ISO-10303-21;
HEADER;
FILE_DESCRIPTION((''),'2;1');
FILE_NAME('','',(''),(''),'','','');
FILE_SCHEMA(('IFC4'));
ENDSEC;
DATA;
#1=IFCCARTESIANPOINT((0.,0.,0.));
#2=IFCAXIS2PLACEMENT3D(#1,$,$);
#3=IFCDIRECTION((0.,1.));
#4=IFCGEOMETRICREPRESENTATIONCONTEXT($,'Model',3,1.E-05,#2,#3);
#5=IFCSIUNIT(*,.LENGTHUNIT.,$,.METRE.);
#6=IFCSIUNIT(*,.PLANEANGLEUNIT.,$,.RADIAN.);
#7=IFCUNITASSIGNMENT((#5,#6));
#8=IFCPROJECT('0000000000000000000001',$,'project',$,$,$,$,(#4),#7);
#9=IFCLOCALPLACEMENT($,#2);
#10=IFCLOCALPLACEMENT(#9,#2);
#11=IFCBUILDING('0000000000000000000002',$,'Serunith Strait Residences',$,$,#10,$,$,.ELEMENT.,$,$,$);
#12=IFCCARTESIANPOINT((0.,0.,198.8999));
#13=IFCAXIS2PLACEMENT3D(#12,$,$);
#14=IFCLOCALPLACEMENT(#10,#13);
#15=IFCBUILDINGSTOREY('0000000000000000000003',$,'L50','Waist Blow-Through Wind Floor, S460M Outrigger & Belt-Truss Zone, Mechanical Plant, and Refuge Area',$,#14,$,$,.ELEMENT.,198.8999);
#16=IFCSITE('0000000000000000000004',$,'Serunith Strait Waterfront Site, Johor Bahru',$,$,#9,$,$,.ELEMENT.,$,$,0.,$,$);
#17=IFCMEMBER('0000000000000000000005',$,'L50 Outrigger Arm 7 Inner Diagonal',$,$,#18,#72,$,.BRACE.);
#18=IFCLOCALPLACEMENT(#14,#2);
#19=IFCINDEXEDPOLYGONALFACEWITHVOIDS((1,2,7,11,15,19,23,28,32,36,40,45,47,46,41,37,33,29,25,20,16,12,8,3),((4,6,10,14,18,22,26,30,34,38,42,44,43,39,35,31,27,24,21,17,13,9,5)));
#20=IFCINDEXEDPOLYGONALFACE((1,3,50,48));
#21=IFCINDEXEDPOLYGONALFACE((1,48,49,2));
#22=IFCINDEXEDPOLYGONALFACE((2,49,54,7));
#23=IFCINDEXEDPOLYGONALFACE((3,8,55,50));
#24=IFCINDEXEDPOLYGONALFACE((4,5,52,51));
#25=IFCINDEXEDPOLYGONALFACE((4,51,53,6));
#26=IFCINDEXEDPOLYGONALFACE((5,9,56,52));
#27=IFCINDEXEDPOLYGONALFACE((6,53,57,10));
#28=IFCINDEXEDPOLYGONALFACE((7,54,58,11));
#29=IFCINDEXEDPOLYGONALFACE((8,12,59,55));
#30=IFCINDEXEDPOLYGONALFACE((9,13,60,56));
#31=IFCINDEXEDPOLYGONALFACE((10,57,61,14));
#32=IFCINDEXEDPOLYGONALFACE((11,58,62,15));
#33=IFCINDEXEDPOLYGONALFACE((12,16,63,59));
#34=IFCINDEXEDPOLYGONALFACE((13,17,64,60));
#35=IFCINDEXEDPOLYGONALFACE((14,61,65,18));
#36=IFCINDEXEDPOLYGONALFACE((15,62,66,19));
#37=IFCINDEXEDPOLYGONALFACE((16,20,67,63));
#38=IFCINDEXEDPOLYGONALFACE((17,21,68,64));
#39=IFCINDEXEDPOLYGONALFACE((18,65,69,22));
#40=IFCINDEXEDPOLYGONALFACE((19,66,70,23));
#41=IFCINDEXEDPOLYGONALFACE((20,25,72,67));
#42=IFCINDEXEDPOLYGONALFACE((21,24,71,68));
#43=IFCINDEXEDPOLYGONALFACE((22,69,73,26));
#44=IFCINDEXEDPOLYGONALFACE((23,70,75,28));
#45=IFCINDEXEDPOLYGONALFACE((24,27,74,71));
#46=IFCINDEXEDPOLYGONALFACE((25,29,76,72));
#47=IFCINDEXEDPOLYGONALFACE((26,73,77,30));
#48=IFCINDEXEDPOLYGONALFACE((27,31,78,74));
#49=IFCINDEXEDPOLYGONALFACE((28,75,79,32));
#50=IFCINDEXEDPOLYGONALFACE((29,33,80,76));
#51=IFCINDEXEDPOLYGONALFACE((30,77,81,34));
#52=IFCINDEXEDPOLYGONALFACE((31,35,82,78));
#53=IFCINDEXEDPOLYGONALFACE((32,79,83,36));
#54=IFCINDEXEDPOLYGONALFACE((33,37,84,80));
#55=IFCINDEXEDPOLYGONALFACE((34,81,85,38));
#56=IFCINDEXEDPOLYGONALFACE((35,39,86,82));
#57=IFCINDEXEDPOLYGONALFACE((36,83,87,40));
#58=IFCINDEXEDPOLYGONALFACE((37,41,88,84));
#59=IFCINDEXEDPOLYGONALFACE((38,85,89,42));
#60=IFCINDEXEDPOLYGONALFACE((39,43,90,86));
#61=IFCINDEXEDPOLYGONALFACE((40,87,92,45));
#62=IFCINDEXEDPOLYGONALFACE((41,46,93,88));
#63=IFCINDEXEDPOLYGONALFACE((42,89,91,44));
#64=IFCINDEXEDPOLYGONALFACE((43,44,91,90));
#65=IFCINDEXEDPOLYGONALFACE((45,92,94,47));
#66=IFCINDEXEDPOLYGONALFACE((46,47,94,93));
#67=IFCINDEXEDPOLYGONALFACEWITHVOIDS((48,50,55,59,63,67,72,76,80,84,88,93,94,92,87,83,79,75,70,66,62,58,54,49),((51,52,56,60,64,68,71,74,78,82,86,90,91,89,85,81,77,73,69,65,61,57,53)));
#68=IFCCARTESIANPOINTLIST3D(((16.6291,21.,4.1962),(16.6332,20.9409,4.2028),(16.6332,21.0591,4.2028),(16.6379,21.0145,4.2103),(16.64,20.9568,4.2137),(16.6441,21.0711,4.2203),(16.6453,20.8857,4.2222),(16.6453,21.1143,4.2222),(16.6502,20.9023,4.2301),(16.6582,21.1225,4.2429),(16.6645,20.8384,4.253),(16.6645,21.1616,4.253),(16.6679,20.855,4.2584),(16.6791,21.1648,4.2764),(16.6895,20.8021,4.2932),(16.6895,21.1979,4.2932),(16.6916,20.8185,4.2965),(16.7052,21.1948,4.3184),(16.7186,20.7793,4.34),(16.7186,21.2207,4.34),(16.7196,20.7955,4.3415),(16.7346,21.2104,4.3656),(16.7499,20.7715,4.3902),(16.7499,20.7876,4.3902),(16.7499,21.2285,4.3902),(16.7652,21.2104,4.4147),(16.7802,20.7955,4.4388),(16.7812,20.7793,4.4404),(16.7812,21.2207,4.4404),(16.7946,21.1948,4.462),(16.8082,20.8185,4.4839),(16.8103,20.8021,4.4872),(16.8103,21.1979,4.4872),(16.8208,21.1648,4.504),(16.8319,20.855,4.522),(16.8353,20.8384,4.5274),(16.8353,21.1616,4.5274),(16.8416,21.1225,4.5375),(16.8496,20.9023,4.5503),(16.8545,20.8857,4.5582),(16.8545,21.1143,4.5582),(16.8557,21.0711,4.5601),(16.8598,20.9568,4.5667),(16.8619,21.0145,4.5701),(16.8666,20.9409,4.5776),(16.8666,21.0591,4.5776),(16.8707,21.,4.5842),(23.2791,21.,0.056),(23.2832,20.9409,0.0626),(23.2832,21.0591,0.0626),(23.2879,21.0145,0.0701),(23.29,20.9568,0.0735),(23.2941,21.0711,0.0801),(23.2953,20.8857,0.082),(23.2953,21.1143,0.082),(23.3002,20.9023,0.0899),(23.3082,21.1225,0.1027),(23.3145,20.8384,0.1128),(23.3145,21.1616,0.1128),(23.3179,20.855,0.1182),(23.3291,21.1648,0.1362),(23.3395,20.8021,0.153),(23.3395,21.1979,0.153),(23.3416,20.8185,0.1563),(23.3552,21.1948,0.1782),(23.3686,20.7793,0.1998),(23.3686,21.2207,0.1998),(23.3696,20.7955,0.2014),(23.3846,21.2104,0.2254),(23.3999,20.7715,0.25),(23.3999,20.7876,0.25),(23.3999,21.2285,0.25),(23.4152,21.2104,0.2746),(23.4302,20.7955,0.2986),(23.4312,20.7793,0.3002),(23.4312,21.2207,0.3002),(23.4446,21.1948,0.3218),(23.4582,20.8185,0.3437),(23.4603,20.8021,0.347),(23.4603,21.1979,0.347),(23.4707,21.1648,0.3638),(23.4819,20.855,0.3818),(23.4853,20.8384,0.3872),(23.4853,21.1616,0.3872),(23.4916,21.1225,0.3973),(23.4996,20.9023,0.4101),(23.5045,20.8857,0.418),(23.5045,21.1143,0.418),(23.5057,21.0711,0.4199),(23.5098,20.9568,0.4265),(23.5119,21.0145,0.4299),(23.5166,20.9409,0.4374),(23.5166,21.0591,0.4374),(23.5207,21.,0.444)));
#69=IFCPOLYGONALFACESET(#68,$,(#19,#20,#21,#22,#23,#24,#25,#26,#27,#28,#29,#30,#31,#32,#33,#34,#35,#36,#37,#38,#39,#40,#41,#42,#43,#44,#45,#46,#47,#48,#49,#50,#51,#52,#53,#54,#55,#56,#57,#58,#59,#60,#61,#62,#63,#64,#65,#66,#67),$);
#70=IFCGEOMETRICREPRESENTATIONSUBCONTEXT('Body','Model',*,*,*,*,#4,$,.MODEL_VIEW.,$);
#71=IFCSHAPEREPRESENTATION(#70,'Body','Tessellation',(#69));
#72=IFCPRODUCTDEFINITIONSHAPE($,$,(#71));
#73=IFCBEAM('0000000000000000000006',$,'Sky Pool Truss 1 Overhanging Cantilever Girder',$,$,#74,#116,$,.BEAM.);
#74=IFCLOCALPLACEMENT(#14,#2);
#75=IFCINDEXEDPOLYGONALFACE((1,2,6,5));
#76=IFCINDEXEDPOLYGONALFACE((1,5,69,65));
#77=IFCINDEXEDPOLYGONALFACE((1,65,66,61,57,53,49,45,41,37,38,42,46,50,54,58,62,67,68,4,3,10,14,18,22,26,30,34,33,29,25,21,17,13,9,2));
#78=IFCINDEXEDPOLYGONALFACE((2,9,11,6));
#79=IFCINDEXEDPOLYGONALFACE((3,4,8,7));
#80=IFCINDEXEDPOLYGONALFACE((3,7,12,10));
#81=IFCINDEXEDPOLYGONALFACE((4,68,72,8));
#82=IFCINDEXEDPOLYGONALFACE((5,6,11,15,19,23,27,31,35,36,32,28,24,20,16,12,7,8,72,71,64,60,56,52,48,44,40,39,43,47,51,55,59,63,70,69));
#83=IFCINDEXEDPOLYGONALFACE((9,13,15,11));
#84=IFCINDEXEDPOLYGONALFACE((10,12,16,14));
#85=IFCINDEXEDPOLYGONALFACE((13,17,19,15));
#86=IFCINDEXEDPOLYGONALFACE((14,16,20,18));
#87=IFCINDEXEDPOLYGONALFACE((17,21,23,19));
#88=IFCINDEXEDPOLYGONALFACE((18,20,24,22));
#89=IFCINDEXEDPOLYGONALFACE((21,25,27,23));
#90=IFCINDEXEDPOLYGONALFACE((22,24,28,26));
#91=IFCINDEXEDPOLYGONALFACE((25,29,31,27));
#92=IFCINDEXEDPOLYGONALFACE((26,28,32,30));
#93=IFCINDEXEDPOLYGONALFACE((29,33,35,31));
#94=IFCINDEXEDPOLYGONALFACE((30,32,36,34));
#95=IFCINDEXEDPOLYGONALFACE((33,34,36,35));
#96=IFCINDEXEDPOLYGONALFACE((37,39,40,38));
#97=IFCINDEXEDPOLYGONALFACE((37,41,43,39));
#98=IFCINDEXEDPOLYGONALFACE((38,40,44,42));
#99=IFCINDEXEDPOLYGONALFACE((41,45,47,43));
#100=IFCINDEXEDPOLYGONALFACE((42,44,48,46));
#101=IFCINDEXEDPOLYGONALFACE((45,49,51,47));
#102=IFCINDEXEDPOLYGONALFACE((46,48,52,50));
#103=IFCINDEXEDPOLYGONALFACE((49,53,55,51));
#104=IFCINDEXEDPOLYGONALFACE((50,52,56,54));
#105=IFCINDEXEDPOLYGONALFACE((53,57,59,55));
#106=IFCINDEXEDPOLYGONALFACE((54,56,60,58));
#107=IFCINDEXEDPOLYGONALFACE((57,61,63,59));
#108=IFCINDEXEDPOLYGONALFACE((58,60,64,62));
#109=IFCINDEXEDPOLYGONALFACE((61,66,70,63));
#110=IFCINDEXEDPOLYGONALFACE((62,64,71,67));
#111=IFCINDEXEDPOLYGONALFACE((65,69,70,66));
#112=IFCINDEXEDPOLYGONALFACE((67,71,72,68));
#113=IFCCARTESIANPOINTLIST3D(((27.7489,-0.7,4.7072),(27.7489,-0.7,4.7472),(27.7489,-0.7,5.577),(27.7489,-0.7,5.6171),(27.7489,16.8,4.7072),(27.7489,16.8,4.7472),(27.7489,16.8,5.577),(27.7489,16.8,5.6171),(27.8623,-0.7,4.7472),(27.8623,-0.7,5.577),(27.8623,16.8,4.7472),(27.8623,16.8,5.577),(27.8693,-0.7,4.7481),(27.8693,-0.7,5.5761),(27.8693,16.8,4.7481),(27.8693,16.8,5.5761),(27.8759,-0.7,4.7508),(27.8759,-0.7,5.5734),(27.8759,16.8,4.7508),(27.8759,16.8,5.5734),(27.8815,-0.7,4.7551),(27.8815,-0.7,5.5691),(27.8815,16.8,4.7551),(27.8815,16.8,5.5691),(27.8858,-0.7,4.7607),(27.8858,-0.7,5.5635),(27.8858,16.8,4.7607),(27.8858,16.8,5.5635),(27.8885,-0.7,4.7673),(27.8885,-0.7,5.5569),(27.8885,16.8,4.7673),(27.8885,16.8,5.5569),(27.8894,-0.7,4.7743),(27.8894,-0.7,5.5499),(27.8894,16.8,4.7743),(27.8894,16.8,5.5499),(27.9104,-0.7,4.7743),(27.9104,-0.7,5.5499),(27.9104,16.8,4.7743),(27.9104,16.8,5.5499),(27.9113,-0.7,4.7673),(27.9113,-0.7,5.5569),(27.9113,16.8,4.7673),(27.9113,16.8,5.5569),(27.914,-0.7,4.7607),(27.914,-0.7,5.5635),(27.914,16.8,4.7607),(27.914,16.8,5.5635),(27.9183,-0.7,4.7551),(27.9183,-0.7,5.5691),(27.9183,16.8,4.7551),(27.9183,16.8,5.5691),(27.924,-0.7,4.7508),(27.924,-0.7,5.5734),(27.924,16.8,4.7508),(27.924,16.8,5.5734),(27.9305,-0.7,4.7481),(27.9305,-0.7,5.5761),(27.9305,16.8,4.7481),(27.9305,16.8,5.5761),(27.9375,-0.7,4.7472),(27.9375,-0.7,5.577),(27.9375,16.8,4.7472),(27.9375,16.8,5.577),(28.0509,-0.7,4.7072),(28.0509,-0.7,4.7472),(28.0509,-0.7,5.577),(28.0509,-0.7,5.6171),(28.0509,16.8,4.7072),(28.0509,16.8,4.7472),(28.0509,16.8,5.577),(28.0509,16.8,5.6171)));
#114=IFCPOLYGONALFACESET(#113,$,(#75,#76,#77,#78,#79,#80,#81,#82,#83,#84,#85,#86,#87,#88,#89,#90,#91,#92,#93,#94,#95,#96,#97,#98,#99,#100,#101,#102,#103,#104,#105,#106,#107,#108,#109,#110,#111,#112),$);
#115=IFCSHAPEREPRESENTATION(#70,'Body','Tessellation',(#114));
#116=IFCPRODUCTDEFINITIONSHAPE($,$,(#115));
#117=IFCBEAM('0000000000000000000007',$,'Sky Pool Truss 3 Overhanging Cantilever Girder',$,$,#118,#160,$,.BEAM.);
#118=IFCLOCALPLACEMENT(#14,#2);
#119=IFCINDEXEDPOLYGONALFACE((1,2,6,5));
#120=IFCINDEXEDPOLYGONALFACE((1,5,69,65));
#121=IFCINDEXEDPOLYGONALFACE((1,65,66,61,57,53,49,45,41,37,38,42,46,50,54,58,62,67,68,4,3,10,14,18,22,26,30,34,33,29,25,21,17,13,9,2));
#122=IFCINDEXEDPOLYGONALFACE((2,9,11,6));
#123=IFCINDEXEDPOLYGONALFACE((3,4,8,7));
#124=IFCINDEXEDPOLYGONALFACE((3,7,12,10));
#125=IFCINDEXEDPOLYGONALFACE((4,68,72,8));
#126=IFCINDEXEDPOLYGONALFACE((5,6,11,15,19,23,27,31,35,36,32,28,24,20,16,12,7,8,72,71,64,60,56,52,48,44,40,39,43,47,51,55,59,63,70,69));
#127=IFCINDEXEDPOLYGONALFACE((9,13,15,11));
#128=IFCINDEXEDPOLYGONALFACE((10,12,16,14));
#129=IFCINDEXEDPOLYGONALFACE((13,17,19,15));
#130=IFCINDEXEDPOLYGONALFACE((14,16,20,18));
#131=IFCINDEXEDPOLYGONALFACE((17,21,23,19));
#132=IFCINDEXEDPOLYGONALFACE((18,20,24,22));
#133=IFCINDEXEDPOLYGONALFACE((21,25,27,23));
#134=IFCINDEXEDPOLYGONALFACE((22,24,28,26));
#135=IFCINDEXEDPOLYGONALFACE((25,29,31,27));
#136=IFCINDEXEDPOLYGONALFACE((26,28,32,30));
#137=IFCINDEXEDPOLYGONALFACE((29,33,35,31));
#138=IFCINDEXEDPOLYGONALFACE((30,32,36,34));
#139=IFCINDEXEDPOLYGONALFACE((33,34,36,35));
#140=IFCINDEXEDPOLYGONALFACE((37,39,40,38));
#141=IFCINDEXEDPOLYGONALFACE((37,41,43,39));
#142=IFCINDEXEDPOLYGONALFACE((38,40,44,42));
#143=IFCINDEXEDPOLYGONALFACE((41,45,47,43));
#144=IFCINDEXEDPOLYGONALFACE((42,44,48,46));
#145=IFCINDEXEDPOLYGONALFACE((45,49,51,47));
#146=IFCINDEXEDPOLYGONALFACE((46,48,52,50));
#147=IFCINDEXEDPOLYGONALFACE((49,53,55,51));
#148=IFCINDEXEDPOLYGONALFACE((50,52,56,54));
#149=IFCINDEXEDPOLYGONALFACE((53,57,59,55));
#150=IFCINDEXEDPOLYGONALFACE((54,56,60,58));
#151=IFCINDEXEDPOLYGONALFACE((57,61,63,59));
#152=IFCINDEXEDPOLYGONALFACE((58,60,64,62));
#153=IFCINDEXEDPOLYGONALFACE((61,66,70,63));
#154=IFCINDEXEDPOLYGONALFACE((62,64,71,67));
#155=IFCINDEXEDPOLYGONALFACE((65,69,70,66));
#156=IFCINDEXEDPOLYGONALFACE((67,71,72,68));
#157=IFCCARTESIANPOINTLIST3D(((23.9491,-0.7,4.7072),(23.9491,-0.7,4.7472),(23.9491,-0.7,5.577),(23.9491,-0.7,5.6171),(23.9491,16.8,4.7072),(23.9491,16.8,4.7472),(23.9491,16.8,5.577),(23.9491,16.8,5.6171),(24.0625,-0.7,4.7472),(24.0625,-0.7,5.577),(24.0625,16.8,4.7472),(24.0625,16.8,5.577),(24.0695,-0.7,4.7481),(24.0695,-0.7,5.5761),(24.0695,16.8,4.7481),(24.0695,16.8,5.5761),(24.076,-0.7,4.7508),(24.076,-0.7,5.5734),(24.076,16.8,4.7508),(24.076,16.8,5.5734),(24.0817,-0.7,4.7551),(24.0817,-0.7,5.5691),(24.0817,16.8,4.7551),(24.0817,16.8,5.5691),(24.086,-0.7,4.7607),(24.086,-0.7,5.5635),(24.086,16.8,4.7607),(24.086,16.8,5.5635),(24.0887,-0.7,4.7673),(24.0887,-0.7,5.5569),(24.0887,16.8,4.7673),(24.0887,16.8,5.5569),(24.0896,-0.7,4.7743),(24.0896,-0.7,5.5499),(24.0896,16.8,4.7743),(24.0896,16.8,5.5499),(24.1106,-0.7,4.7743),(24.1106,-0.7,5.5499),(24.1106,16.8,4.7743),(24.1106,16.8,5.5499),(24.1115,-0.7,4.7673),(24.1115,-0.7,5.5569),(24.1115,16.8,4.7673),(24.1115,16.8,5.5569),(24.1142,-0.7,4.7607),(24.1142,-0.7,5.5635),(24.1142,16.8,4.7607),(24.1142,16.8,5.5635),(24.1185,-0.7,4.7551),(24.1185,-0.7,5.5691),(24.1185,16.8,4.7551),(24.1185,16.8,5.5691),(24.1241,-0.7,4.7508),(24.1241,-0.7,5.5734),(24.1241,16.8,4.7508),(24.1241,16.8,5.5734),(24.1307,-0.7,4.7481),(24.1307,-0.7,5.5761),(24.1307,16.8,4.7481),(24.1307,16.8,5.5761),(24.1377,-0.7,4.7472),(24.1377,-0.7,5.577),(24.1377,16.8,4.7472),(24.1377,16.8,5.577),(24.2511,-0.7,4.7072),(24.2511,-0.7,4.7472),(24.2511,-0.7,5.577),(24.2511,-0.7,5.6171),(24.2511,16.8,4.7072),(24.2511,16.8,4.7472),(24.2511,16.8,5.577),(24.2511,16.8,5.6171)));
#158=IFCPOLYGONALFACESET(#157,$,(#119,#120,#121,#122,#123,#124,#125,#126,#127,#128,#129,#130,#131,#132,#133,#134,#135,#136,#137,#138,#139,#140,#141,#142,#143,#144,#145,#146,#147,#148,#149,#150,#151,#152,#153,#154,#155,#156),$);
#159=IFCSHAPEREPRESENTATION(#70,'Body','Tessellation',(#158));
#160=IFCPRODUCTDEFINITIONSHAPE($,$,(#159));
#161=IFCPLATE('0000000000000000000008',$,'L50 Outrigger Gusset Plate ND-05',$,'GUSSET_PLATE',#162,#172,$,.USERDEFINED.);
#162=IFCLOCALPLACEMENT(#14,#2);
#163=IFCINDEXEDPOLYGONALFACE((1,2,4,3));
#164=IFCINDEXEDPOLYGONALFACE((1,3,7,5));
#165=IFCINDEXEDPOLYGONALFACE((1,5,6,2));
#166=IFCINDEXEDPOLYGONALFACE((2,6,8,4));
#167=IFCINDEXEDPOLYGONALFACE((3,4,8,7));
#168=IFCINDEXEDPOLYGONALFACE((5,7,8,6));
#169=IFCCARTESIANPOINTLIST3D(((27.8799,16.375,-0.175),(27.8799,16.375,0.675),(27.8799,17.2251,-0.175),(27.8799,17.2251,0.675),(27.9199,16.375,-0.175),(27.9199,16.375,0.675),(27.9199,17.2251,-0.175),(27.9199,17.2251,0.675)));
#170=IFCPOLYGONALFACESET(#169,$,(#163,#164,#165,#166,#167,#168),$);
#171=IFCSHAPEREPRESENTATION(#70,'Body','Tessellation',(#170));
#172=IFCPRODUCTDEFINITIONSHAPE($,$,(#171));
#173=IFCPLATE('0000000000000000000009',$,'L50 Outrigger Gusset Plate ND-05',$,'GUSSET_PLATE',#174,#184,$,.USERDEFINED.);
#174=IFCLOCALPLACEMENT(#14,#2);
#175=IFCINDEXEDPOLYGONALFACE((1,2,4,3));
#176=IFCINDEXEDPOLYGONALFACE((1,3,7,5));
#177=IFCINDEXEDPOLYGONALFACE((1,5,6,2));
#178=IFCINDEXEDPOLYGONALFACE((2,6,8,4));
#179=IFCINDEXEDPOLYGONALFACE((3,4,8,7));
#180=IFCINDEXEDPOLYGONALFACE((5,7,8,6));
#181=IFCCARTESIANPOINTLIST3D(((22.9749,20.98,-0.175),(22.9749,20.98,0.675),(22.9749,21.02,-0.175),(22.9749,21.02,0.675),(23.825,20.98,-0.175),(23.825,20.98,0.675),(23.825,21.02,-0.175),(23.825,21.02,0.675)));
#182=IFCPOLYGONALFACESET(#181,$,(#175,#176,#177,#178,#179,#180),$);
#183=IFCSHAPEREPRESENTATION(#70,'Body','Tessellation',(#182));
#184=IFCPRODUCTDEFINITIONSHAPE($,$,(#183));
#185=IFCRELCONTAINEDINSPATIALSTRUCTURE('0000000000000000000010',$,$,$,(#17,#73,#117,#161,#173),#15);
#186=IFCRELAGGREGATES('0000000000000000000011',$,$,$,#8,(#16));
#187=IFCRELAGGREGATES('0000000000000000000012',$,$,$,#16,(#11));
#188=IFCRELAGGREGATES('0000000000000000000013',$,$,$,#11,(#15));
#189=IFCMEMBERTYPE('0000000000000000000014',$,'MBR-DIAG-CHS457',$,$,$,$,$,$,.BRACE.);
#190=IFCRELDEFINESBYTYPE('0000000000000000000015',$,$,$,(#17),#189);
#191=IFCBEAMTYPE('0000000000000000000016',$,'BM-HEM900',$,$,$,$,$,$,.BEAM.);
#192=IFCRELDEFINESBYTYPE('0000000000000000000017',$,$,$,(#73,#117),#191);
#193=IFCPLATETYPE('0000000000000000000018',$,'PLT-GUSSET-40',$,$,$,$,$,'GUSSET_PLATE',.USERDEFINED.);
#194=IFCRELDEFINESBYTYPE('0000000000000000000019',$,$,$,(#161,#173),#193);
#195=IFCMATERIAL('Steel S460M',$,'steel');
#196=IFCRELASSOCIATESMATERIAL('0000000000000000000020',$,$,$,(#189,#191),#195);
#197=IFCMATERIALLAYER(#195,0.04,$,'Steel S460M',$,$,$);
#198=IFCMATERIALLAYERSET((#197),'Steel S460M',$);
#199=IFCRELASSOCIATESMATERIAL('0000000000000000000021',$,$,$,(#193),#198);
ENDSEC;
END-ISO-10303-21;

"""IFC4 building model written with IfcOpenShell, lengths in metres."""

from ifc_helpers import new_model, si_unit, direction, frame, origin, origin_2d, place, context, subcontext, project, spatial, rectangle, hollow_circle, i_section, extrude, source, transform, mapped, material, layer, layer_set, material_profile, profile_set, type_object, element, save


model = new_model("IFC4")

# Units and contexts
model_context = context("Model", 3, precision=1e-05, world=origin(), true_north=direction((0.0, 1.0)))
body_context = subcontext(model_context, "Body", "Model", "MODEL_VIEW")
ifc_project = project(units=[si_unit("LENGTHUNIT", "METRE"), si_unit("PLANEANGLEUNIT", "RADIAN")], contexts=[model_context])

# Site, building, storey
site_placement = place(None, origin())
site = spatial("IfcSite", under=ifc_project, at=site_placement, Name="Serunith Strait Waterfront Site, Johor Bahru", CompositionType="ELEMENT", RefElevation=0.0)
building_placement = place(site_placement, origin())
building = spatial("IfcBuilding", under=site, at=building_placement, Name="Serunith Strait Residences", CompositionType="ELEMENT")
storey_placement = place(building_placement, frame((0.0, 0.0, 198.8999)))
storey = spatial("IfcBuildingStorey", under=building, at=storey_placement, Name="L50", Description="Waist Blow-Through Wind Floor, S460M Outrigger & Belt-Truss Zone, Mechanical Plant, and Refuge Area", CompositionType="ELEMENT", Elevation=198.8999)

# Member
ifc_material_1 = material(Name="Steel S460M", Category="steel")
ifc_material_profile_1 = material_profile(ifc_material_1, hollow_circle(Radius=0.2285, WallThickness=0.0161, at=origin_2d()), Name="CHS 457x16")
ifc_profile_set_1 = profile_set([ifc_material_profile_1], Name="Steel S460M")
member_type_1 = type_object("IfcMemberType", Name="MBR-DIAG-CHS457", PredefinedType="BRACE", material=ifc_profile_set_1)
shared_shape_1 = source(origin(), body_context, "Body", "SweptSolid", [
    extrude(hollow_circle(Radius=0.2285, WallThickness=0.0161, at=origin_2d()), origin(), (0.0, 0.0, 1.0), 7.8335),
])
member_1_placement = place(storey_placement, frame((23.3999, 21.0, 0.25), z_axis=(-0.848918, 0.0, 0.528525), x_axis=(0.0, -1.0, 0.0)))
element("IfcMember", 1, at=member_1_placement, inside=storey, type_object=member_type_1, Name="L50 Outrigger Arm 7 Inner Diagonal", PredefinedType="BRACE", context=body_context, shape_type="MappedRepresentation", body=[
    mapped(shared_shape_1, transform((0.0, 0.0, 0.0), scale=1.0)),
])

# Beams
ifc_material_profile_2 = material_profile(ifc_material_1, i_section(OverallWidth=0.302, OverallDepth=0.9099, WebThickness=0.021, FlangeThickness=0.04, FilletRadius=0.0271, at=origin_2d()), Name="HEM 900")
ifc_profile_set_2 = profile_set([ifc_material_profile_2], Name="Steel S460M")
beam_type_1 = type_object("IfcBeamType", Name="BM-HEM900", PredefinedType="BEAM", material=ifc_profile_set_2)
shared_shape_2 = source(origin(), body_context, "Body", "SweptSolid", [
    extrude(i_section(OverallWidth=0.302, OverallDepth=0.9099, WebThickness=0.021, FlangeThickness=0.04, FilletRadius=0.0271, at=origin_2d()), origin(), (0.0, 0.0, 1.0), 17.5),
])
for number, where, z_axis, x_axis, name in (
    (2, (27.8999, 16.8, 5.1621), (0.0, -1.0, 0.0), (1.0, 0.0, 0.0), "Sky Pool Truss 1 Overhanging Cantilever Girder"),
    (3, (24.1001, 16.8, 5.1621), (0.0, -1.0, 0.0), (1.0, 0.0, 0.0), "Sky Pool Truss 3 Overhanging Cantilever Girder"),
):
    element("IfcBeam", number, at=place(storey_placement, frame(where, z_axis=z_axis, x_axis=x_axis)), inside=storey, type_object=beam_type_1, Name=name, PredefinedType="BEAM", context=body_context, shape_type="MappedRepresentation", body=[
        mapped(shared_shape_2, transform((0.0, 0.0, 0.0), scale=1.0)),
    ])

# Plates
ifc_layer_1 = layer(ifc_material_1, 0.04, Name="Steel S460M")
ifc_layer_set_1 = layer_set([ifc_layer_1], Name="Steel S460M")
plate_type = type_object("IfcPlateType", Name="PLT-GUSSET-40", ElementType="GUSSET_PLATE", PredefinedType="USERDEFINED", material=ifc_layer_set_1)
shared_shape_3 = source(origin(), body_context, "Body", "SweptSolid", [
    extrude(rectangle(XDim=0.8501, YDim=0.04, at=origin_2d()), origin(), (0.0, 0.0, 1.0), 0.8501),
])
for number, where, z_axis, x_axis, name in (
    (4, (27.8999, 16.8, -0.175), (0.0, 0.0, 1.0), (0.0, -1.0, 0.0), "L50 Outrigger Gusset Plate ND-05"),
    (5, (23.3999, 21.0, -0.175), (0.0, 0.0, 1.0), (-1.0, 0.0, 0.0), "L50 Outrigger Gusset Plate ND-05"),
):
    element("IfcPlate", number, at=place(storey_placement, frame(where, z_axis=z_axis, x_axis=x_axis)), inside=storey, type_object=plate_type, Name=name, ObjectType="GUSSET_PLATE", PredefinedType="USERDEFINED", context=body_context, shape_type="MappedRepresentation", body=[
        mapped(shared_shape_3, transform((0.0, 0.0, 0.0), scale=1.0)),
    ])

save(model, "model.ifc")
